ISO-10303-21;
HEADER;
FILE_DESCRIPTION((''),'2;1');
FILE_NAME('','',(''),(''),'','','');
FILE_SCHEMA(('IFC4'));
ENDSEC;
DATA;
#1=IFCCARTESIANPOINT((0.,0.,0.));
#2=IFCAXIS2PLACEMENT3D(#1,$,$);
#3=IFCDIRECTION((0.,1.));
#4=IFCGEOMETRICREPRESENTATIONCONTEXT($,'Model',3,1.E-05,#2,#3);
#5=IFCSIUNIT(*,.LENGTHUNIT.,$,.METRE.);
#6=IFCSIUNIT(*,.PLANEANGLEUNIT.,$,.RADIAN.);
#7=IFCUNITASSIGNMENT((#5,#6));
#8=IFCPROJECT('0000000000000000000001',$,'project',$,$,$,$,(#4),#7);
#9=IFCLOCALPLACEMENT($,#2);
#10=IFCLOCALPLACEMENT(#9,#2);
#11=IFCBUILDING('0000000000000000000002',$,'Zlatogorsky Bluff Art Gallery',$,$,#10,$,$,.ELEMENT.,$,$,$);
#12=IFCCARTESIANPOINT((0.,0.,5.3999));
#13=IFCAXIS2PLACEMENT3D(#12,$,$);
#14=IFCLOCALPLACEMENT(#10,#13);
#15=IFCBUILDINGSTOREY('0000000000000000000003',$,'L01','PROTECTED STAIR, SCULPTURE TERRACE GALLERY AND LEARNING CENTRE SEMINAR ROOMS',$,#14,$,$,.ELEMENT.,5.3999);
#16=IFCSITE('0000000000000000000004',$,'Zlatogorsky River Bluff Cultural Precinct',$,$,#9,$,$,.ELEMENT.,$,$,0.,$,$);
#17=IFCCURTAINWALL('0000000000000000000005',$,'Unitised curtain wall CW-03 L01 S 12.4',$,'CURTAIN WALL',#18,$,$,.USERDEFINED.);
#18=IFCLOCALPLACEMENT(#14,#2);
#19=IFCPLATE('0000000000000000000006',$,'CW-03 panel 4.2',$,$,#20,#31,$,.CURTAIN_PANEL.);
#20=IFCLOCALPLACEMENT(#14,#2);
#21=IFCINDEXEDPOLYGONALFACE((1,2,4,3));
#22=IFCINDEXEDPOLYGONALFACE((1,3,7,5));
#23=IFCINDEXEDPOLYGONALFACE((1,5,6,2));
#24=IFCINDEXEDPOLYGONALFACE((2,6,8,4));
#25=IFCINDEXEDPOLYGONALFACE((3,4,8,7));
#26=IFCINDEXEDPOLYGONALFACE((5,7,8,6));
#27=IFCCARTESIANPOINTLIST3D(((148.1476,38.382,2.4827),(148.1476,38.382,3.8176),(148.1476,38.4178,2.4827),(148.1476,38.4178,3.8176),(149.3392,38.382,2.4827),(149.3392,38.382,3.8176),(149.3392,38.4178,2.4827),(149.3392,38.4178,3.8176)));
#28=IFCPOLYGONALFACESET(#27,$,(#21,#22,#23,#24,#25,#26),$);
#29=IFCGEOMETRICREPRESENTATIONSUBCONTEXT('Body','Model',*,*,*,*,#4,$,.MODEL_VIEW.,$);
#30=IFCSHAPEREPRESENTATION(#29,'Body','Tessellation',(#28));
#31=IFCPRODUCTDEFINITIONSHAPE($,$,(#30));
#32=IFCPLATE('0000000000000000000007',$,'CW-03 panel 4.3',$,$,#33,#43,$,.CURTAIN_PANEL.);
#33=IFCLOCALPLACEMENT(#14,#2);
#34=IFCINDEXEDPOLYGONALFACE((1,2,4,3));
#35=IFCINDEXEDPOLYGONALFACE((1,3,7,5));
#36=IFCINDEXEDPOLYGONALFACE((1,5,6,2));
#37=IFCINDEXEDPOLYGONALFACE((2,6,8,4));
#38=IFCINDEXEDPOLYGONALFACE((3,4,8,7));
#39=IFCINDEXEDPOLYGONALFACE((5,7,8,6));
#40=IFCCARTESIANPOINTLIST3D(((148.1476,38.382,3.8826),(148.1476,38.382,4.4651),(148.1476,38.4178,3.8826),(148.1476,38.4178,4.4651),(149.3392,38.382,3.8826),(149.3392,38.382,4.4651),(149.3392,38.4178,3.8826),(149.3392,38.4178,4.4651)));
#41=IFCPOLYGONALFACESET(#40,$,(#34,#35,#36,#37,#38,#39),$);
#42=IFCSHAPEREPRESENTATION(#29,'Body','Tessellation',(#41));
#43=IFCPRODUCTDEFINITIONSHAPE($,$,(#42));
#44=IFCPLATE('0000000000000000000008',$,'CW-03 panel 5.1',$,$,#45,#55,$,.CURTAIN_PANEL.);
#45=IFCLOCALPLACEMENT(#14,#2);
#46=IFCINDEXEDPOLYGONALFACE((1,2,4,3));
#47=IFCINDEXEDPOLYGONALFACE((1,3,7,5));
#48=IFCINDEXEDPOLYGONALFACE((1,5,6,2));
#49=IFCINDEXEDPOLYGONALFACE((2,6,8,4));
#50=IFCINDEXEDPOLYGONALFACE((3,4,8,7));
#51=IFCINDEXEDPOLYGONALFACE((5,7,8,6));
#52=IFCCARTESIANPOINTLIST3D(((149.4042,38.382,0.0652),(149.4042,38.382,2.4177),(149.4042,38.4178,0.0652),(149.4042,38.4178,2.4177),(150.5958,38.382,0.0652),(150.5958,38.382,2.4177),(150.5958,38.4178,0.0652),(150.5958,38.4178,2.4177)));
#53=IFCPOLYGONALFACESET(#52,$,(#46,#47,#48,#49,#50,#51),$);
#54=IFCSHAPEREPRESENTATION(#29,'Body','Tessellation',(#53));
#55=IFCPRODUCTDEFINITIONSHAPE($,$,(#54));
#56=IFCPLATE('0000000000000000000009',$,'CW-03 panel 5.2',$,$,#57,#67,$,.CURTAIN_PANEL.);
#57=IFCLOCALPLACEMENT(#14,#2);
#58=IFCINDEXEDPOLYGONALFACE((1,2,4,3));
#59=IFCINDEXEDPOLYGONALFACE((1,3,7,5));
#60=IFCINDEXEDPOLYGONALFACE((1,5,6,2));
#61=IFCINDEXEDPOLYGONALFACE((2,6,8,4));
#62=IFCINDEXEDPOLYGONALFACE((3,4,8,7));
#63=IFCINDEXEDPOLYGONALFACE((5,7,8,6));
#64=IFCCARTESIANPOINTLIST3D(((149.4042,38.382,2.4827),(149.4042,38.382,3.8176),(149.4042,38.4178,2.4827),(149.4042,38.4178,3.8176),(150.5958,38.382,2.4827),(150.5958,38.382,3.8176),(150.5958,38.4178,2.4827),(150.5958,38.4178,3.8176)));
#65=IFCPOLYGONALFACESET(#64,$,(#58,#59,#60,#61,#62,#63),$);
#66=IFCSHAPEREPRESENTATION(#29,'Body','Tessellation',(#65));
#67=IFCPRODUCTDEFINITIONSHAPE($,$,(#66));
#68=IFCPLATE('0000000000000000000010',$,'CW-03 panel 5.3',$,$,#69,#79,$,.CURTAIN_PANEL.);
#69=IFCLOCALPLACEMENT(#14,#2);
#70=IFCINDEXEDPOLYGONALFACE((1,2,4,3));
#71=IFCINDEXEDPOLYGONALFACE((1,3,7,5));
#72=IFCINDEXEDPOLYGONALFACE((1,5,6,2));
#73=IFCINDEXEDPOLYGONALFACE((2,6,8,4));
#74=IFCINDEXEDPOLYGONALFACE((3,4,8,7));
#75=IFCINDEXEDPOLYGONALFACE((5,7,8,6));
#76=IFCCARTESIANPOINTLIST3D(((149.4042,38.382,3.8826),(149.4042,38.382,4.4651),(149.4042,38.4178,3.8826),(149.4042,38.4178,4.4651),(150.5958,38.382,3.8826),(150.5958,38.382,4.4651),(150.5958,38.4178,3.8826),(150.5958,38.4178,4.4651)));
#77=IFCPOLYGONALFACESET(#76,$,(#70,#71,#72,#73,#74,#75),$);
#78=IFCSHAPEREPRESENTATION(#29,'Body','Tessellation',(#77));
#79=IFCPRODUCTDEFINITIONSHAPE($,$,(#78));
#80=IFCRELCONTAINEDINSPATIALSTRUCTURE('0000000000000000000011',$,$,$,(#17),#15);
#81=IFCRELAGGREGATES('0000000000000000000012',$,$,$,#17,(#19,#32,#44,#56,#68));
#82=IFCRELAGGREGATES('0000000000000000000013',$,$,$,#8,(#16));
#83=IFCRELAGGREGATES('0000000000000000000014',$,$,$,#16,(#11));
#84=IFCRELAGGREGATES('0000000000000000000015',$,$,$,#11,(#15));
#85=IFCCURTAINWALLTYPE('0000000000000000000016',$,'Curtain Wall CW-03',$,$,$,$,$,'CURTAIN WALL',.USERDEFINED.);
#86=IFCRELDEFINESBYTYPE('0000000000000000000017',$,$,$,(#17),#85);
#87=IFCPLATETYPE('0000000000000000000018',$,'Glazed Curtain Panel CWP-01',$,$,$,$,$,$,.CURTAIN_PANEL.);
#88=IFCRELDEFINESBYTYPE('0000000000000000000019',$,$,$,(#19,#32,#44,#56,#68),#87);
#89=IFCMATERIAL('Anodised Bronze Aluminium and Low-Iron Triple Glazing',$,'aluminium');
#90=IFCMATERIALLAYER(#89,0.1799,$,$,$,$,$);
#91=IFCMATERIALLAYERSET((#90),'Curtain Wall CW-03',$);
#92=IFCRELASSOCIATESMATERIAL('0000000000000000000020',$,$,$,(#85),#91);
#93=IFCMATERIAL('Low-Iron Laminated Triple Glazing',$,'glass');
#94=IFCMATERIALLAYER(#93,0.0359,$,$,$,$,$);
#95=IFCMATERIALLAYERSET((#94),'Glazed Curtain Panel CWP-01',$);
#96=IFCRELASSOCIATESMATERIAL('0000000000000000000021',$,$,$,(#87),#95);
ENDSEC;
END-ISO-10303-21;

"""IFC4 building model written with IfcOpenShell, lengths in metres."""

from ifc_helpers import new_model, si_unit, direction, frame, origin, origin_2d, place, context, subcontext, project, spatial, rectangle, extrude, material, layer, layer_set, type_object, element, aggregate, save


model = new_model("IFC4")

# Units and contexts
model_context = context("Model", 3, precision=1e-05, world=origin(), true_north=direction((0.0, 1.0)))
body_context = subcontext(model_context, "Body", "Model", "MODEL_VIEW")
ifc_project = project(units=[si_unit("LENGTHUNIT", "METRE"), si_unit("PLANEANGLEUNIT", "RADIAN")], contexts=[model_context])

# Site, building, storey
site_placement = place(None, origin())
site = spatial("IfcSite", under=ifc_project, at=site_placement, Name="Zlatogorsky River Bluff Cultural Precinct", CompositionType="ELEMENT", RefElevation=0.0)
building_placement = place(site_placement, origin())
building = spatial("IfcBuilding", under=site, at=building_placement, Name="Zlatogorsky Bluff Art Gallery", CompositionType="ELEMENT")
storey_placement = place(building_placement, frame((0.0, 0.0, 5.3999)))
storey = spatial("IfcBuildingStorey", under=building, at=storey_placement, Name="L01", Description="PROTECTED STAIR, SCULPTURE TERRACE GALLERY AND LEARNING CENTRE SEMINAR ROOMS", CompositionType="ELEMENT", Elevation=5.3999)

# Curtain wall, plates
ifc_material_1 = material(Name="Anodised Bronze Aluminium and Low-Iron Triple Glazing", Category="aluminium")
ifc_layer_1 = layer(ifc_material_1, 0.1799)
ifc_layer_set_1 = layer_set([ifc_layer_1], Name="Curtain Wall CW-03")
curtain_wall_type = type_object("IfcCurtainWallType", Name="Curtain Wall CW-03", ElementType="CURTAIN WALL", PredefinedType="USERDEFINED", material=ifc_layer_set_1)
curtain_wall_placement = place(storey_placement, origin())
curtain_wall = element("IfcCurtainWall", 1, at=curtain_wall_placement, inside=storey, type_object=curtain_wall_type, Name="Unitised curtain wall CW-03 L01 S 12.4", ObjectType="CURTAIN WALL", PredefinedType="USERDEFINED")
ifc_material_2 = material(Name="Low-Iron Laminated Triple Glazing", Category="glass")
ifc_layer_2 = layer(ifc_material_2, 0.0359)
ifc_layer_set_2 = layer_set([ifc_layer_2], Name="Glazed Curtain Panel CWP-01")
plate_type = type_object("IfcPlateType", Name="Glazed Curtain Panel CWP-01", PredefinedType="CURTAIN_PANEL", material=ifc_layer_set_2)
plate_1_placement = place(storey_placement, frame((148.7434, 38.3999, 2.4827), z_axis=(0.0, 0.0, 1.0), x_axis=(1.0, 0.0, 0.0)))
plate_1 = element("IfcPlate", 2, at=plate_1_placement, type_object=plate_type, Name="CW-03 panel 4.2", PredefinedType="CURTAIN_PANEL", context=body_context, shape_type="SweptSolid", body=[
    extrude(rectangle(XDim=1.1917, YDim=0.0359, at=origin_2d()), origin(), (0.0, 0.0, 1.0), 1.335),
])
plate_2_placement = place(storey_placement, frame((148.7434, 38.3999, 3.8826), z_axis=(0.0, 0.0, 1.0), x_axis=(1.0, 0.0, 0.0)))
plate_2 = element("IfcPlate", 3, at=plate_2_placement, type_object=plate_type, Name="CW-03 panel 4.3", PredefinedType="CURTAIN_PANEL", context=body_context, shape_type="SweptSolid", body=[
    extrude(rectangle(XDim=1.1917, YDim=0.0359, at=origin_2d()), origin(), (0.0, 0.0, 1.0), 0.5825),
])
plate_3_placement = place(storey_placement, frame((150.0, 38.3999, 0.0652), z_axis=(0.0, 0.0, 1.0), x_axis=(1.0, 0.0, 0.0)))
plate_3 = element("IfcPlate", 4, at=plate_3_placement, type_object=plate_type, Name="CW-03 panel 5.1", PredefinedType="CURTAIN_PANEL", context=body_context, shape_type="SweptSolid", body=[
    extrude(rectangle(XDim=1.1917, YDim=0.0359, at=origin_2d()), origin(), (0.0, 0.0, 1.0), 2.3525),
])
plate_4_placement = place(storey_placement, frame((150.0, 38.3999, 2.4827), z_axis=(0.0, 0.0, 1.0), x_axis=(1.0, 0.0, 0.0)))
plate_4 = element("IfcPlate", 5, at=plate_4_placement, type_object=plate_type, Name="CW-03 panel 5.2", PredefinedType="CURTAIN_PANEL", context=body_context, shape_type="SweptSolid", body=[
    extrude(rectangle(XDim=1.1917, YDim=0.0359, at=origin_2d()), origin(), (0.0, 0.0, 1.0), 1.335),
])
plate_5_placement = place(storey_placement, frame((150.0, 38.3999, 3.8826), z_axis=(0.0, 0.0, 1.0), x_axis=(1.0, 0.0, 0.0)))
plate_5 = element("IfcPlate", 6, at=plate_5_placement, type_object=plate_type, Name="CW-03 panel 5.3", PredefinedType="CURTAIN_PANEL", context=body_context, shape_type="SweptSolid", body=[
    extrude(rectangle(XDim=1.1917, YDim=0.0359, at=origin_2d()), origin(), (0.0, 0.0, 1.0), 0.5825),
])
aggregate(curtain_wall, [plate_1, plate_2, plate_3, plate_4, plate_5])

save(model, "model.ifc")
